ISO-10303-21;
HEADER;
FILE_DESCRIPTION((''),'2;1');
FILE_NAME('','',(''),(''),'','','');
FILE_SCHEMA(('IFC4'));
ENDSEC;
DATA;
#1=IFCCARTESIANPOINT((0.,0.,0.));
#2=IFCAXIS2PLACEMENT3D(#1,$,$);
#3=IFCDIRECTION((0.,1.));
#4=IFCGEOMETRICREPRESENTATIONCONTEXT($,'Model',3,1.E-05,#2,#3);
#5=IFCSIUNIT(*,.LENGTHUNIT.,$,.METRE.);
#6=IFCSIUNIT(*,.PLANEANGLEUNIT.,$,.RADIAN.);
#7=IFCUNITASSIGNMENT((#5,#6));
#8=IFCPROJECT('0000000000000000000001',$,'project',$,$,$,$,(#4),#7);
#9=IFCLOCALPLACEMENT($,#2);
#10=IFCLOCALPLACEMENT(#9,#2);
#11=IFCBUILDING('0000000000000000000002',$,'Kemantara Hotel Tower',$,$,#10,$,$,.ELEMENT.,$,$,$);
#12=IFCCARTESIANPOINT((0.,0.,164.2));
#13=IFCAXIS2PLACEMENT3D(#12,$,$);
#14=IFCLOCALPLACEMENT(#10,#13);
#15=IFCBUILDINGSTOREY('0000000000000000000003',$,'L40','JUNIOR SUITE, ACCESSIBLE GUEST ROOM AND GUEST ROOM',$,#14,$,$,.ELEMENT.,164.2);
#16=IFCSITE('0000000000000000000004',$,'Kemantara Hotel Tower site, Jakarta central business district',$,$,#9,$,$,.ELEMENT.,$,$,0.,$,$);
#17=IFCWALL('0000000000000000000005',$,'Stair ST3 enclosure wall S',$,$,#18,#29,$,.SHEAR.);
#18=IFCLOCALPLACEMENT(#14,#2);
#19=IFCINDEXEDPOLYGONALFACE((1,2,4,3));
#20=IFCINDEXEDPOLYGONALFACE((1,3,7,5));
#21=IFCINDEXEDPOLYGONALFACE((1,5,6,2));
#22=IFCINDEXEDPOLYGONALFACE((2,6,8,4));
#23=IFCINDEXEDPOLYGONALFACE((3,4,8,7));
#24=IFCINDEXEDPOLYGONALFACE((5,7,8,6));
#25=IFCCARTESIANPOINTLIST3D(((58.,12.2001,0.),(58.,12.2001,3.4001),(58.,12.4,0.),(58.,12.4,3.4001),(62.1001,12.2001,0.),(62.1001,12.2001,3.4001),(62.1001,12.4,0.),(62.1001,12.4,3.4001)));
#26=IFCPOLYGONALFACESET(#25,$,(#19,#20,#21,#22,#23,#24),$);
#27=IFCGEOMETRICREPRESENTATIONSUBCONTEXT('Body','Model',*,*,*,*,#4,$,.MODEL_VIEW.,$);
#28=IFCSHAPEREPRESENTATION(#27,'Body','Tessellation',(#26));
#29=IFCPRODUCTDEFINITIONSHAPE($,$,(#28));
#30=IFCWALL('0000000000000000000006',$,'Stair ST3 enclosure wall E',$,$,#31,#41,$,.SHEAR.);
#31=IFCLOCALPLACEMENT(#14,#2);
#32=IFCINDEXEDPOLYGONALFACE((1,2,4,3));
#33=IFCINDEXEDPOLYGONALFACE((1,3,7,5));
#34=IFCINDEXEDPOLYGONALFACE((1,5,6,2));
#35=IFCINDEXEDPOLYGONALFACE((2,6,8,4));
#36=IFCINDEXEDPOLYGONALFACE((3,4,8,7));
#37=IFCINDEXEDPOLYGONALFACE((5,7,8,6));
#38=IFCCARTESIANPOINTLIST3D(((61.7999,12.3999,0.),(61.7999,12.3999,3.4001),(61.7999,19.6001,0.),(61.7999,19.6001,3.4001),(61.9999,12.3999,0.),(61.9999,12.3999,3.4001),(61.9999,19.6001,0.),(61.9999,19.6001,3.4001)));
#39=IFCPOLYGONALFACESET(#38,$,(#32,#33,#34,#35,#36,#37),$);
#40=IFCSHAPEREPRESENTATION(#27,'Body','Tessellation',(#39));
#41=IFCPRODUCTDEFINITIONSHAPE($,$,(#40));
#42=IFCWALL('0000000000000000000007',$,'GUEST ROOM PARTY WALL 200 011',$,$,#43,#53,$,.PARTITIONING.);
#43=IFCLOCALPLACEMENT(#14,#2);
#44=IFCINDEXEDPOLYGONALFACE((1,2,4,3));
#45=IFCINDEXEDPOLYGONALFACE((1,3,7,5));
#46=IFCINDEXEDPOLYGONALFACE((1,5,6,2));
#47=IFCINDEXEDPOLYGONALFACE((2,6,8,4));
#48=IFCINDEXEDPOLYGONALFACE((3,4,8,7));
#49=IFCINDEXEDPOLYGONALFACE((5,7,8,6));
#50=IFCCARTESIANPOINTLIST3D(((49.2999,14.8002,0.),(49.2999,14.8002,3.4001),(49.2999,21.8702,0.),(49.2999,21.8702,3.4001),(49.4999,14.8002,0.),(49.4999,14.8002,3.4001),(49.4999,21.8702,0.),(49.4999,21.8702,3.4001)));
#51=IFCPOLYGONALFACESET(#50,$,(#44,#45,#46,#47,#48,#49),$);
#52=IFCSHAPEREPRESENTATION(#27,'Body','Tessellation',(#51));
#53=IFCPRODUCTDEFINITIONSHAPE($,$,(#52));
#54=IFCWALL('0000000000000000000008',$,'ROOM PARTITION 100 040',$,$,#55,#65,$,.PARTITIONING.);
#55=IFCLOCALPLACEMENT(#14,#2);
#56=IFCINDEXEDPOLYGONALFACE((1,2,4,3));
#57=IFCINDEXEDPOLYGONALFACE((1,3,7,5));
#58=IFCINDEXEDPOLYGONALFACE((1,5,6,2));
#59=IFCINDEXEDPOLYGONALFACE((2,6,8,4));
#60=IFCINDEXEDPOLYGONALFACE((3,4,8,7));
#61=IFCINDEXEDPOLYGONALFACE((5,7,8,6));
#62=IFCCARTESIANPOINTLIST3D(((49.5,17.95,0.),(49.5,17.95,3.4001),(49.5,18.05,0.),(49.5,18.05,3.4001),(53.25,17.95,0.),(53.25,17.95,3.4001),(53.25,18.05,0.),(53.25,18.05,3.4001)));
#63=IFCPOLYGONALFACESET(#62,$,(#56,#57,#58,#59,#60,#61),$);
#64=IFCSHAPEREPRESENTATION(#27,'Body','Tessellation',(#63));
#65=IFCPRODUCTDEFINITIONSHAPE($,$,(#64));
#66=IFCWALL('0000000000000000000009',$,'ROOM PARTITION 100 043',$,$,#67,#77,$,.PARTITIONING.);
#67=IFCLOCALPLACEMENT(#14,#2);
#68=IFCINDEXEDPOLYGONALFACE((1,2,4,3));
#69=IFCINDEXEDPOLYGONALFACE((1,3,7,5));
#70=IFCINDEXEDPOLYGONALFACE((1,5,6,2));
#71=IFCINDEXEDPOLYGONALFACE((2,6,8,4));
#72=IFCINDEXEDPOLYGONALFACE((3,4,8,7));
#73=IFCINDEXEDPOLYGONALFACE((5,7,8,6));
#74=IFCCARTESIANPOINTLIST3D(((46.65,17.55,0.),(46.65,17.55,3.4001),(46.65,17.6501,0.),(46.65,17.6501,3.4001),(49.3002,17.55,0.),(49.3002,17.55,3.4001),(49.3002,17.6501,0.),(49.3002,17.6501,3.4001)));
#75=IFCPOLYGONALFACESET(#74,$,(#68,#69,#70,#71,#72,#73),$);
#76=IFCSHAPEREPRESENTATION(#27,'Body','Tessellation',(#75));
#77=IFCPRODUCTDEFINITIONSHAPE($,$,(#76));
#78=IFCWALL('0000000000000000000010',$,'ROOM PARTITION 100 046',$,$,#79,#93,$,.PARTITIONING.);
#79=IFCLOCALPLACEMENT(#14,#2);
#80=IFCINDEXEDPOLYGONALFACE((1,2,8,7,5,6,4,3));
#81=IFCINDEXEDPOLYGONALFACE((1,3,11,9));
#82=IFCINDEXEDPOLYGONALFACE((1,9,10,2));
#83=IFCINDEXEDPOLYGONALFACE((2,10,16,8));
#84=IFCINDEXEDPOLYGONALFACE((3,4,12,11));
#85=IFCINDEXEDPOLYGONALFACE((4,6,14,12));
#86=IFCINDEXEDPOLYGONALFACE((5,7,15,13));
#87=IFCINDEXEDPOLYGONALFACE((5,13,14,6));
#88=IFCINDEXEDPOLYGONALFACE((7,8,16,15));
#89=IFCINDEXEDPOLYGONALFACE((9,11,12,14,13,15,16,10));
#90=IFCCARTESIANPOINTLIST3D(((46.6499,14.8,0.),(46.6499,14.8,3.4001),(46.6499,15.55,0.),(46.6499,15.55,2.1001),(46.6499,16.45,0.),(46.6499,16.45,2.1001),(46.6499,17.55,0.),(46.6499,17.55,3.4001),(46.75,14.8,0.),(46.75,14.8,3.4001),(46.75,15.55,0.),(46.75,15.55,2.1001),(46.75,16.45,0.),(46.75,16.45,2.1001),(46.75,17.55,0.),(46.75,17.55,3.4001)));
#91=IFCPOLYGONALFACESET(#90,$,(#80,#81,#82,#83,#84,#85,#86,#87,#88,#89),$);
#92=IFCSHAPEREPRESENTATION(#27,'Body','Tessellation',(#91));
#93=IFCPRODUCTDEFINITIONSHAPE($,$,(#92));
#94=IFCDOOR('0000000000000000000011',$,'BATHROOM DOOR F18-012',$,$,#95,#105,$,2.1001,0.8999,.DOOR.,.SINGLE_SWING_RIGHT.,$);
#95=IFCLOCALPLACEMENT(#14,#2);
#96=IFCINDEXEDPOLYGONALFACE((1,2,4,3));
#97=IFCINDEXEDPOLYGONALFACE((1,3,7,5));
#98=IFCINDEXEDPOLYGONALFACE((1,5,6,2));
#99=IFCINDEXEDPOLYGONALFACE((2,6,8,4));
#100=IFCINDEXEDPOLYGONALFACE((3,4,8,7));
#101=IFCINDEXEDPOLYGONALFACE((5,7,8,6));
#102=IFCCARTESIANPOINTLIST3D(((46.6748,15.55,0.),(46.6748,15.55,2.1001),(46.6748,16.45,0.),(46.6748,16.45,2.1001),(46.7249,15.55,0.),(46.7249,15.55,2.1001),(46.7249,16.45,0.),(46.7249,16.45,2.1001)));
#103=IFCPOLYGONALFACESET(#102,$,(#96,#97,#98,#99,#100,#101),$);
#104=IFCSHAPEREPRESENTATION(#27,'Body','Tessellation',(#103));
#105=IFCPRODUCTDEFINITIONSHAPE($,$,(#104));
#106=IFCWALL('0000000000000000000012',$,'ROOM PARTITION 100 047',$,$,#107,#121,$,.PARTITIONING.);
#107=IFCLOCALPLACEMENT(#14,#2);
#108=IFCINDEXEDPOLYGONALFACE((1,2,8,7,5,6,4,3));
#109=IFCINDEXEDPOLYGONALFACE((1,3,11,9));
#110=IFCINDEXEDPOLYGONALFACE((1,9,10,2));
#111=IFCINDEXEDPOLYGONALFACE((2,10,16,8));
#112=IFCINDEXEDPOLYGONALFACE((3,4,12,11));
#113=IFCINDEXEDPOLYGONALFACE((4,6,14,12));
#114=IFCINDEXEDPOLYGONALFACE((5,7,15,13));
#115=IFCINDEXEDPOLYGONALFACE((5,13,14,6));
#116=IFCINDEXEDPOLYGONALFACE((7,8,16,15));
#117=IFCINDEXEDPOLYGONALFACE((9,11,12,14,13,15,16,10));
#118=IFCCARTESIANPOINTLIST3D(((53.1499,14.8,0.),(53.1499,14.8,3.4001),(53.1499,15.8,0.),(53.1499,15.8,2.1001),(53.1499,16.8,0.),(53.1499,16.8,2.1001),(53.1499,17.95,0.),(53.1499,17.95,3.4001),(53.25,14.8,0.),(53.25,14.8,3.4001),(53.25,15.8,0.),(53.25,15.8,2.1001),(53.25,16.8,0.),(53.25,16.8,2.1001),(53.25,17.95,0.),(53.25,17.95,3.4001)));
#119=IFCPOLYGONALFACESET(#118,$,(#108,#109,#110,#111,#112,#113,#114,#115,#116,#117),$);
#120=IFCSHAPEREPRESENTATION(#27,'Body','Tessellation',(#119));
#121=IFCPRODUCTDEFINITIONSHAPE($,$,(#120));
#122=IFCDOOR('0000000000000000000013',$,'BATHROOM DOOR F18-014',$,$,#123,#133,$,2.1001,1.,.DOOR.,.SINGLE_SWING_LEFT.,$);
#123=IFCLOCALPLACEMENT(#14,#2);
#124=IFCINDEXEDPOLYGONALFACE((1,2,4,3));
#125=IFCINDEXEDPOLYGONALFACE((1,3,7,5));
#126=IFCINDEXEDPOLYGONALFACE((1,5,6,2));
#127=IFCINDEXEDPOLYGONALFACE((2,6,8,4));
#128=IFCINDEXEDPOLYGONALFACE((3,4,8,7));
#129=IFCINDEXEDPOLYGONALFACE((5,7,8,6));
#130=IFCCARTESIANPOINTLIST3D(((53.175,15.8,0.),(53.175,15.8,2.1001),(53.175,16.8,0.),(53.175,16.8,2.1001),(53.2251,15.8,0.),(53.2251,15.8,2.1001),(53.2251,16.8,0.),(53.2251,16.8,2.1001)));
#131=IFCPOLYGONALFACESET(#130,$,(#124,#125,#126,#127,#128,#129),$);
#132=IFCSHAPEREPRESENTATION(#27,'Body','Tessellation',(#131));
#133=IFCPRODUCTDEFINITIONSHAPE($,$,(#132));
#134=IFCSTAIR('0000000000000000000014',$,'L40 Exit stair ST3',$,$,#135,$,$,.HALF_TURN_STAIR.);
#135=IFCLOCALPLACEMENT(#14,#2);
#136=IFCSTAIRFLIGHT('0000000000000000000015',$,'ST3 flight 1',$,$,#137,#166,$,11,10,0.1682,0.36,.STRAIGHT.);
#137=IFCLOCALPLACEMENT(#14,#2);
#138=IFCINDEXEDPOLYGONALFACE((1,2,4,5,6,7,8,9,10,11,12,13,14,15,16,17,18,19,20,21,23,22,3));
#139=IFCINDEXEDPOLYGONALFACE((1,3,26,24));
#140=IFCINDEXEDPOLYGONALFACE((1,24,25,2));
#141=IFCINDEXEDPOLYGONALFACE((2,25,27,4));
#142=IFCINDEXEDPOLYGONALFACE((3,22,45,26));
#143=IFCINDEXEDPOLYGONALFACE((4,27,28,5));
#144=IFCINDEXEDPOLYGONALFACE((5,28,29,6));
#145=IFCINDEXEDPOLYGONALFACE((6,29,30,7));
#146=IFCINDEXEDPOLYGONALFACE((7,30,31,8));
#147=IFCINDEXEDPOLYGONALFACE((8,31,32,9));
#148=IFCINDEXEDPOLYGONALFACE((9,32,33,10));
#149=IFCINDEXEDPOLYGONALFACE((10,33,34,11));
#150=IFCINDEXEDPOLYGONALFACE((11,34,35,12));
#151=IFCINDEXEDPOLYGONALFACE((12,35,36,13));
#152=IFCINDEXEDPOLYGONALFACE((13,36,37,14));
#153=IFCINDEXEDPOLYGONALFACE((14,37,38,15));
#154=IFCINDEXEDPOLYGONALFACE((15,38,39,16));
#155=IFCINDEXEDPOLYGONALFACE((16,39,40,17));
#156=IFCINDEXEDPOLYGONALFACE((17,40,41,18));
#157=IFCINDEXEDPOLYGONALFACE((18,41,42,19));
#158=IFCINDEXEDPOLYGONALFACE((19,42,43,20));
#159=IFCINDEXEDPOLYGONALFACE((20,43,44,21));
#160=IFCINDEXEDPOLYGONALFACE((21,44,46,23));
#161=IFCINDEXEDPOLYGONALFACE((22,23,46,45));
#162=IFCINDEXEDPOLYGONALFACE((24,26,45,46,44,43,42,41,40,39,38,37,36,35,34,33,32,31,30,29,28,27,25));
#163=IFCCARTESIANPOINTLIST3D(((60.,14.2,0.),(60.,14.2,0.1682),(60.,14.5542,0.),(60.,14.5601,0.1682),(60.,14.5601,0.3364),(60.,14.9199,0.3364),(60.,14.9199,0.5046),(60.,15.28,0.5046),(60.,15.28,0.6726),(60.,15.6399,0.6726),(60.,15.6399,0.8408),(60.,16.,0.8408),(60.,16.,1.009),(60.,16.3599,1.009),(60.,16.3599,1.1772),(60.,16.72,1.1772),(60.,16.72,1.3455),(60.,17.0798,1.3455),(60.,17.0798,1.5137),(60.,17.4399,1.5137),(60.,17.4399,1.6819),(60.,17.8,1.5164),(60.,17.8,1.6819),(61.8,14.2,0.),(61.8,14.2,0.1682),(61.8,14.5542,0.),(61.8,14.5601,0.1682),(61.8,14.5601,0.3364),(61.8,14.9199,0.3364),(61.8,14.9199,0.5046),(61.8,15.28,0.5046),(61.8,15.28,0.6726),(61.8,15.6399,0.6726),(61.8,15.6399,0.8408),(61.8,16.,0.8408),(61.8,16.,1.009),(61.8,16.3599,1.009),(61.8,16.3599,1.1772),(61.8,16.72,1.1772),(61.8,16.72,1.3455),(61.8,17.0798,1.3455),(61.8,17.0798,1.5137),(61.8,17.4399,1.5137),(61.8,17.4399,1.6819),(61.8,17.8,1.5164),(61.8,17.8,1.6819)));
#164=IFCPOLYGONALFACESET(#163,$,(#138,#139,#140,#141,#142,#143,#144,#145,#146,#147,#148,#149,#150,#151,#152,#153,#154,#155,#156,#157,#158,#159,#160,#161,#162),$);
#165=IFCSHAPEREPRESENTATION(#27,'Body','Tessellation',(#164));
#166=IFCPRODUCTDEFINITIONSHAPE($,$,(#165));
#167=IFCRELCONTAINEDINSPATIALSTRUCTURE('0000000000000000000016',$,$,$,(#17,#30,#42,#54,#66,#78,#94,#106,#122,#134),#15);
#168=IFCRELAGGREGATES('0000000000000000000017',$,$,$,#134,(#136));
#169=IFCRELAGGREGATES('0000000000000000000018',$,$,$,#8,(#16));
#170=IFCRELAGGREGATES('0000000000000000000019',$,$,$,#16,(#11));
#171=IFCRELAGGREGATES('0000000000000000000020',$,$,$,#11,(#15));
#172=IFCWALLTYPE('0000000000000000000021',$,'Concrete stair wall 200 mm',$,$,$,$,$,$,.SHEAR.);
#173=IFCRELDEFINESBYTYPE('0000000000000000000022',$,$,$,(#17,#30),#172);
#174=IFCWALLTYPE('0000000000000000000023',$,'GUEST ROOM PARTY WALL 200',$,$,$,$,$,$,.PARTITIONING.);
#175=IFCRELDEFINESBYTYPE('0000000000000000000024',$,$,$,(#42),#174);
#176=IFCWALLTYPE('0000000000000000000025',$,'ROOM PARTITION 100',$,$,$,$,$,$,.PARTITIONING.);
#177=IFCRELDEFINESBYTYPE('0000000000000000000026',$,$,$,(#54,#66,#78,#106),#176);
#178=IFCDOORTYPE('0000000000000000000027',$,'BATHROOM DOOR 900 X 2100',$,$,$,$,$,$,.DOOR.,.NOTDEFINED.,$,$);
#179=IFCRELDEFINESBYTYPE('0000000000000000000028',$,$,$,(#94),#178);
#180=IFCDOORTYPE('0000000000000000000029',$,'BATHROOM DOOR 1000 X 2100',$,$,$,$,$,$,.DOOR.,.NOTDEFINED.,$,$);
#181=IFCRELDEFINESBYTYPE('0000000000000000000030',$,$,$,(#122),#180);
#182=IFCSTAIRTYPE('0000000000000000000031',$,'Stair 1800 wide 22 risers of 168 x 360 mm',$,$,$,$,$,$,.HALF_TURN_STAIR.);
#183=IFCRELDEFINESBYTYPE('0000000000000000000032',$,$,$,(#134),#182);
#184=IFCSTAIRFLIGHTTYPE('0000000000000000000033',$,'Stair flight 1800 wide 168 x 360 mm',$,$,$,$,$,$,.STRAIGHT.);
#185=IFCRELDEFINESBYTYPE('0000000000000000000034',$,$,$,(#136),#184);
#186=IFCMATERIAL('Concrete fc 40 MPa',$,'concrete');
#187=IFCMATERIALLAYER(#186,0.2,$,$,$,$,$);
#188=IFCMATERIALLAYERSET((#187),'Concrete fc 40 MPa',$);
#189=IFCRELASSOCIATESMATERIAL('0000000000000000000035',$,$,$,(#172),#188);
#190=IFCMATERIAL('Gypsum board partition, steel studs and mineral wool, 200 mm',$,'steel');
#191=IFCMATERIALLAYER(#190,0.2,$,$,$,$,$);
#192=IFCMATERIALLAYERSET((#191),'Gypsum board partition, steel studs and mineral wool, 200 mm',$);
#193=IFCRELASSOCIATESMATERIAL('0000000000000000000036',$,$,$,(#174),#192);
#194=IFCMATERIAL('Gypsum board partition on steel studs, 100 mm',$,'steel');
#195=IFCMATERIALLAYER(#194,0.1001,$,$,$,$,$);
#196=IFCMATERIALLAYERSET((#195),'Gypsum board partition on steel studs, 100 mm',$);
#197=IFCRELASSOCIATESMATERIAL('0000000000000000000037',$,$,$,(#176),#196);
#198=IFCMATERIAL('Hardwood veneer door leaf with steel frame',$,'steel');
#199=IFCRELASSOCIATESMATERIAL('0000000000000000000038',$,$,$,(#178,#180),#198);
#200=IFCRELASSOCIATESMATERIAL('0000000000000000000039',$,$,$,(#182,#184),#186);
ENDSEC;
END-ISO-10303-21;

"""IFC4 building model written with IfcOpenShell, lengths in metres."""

from ifc_helpers import new_model, si_unit, direction, frame, frame_2d, origin, place, context, subcontext, project, spatial, polyline, rectangle, outline, extrude, material, layer, layer_set, type_object, element, fill, aggregate, save


model = new_model("IFC4")

# Units and contexts
model_context = context("Model", 3, precision=1e-05, world=origin(), true_north=direction((0.0, 1.0)))
body_context = subcontext(model_context, "Body", "Model", "MODEL_VIEW")
ifc_project = project(units=[si_unit("LENGTHUNIT", "METRE"), si_unit("PLANEANGLEUNIT", "RADIAN")], contexts=[model_context])

# Site, building, storey
site_placement = place(None, origin())
site = spatial("IfcSite", under=ifc_project, at=site_placement, Name="Kemantara Hotel Tower site, Jakarta central business district", CompositionType="ELEMENT", RefElevation=0.0)
building_placement = place(site_placement, origin())
building = spatial("IfcBuilding", under=site, at=building_placement, Name="Kemantara Hotel Tower", CompositionType="ELEMENT")
storey_placement = place(building_placement, frame((0.0, 0.0, 164.2)))
storey = spatial("IfcBuildingStorey", under=building, at=storey_placement, Name="L40", Description="JUNIOR SUITE, ACCESSIBLE GUEST ROOM AND GUEST ROOM", CompositionType="ELEMENT", Elevation=164.2)

# Shared definitions
ifc_material_1 = material(Name="Gypsum board partition, steel studs and mineral wool, 200 mm", Category="steel")
ifc_material_2 = material(Name="Hardwood veneer door leaf with steel frame", Category="steel")

# Shared definitions
ifc_material_3 = material(Name="Concrete fc 40 MPa", Category="concrete")
ifc_layer_1 = layer(ifc_material_3, 0.2)
ifc_layer_set_1 = layer_set([ifc_layer_1], Name="Concrete fc 40 MPa")
wall_type_1 = type_object("IfcWallType", Name="Concrete stair wall 200 mm", PredefinedType="SHEAR", material=ifc_layer_set_1)

# Walls
wall_1_placement = place(storey_placement, frame((58.0, 12.3, 0.0), z_axis=(0.0, 0.0, 1.0), x_axis=(1.0, 0.0, 0.0)))
element("IfcWall", 1, at=wall_1_placement, inside=storey, type_object=wall_type_1, Name="Stair ST3 enclosure wall S", PredefinedType="SHEAR", context=body_context, shape_type="SweptSolid", body=[
    extrude(rectangle(XDim=4.1001, YDim=0.2, at=frame_2d((2.05, 0.0))), origin(), (0.0, 0.0, 1.0), 3.4001),
])
wall_2_placement = place(storey_placement, frame((61.8999, 12.3999, 0.0), z_axis=(0.0, 0.0, 1.0), x_axis=(0.0, 1.0, 0.0)))
element("IfcWall", 2, at=wall_2_placement, inside=storey, type_object=wall_type_1, Name="Stair ST3 enclosure wall E", PredefinedType="SHEAR", context=body_context, shape_type="SweptSolid", body=[
    extrude(rectangle(XDim=7.2002, YDim=0.2, at=frame_2d((3.6001, 0.0))), origin(), (0.0, 0.0, 1.0), 3.4001),
])
ifc_layer_2 = layer(ifc_material_1, 0.2)
ifc_layer_set_2 = layer_set([ifc_layer_2], Name="Gypsum board partition, steel studs and mineral wool, 200 mm")
wall_type_2 = type_object("IfcWallType", Name="GUEST ROOM PARTY WALL 200", PredefinedType="PARTITIONING", material=ifc_layer_set_2)
wall_3_placement = place(storey_placement, frame((49.3999, 14.8, 0.0), z_axis=(0.0, 0.0, 1.0), x_axis=(0.0, 1.0, 0.0)))
element("IfcWall", 3, at=wall_3_placement, inside=storey, type_object=wall_type_2, Name="GUEST ROOM PARTY WALL 200 011", PredefinedType="PARTITIONING", context=body_context, shape_type="SweptSolid", body=[
    extrude(rectangle(XDim=7.0701, YDim=0.2, at=frame_2d((3.5352, 0.0))), origin(), (0.0, 0.0, 1.0), 3.4001),
])
ifc_material_4 = material(Name="Gypsum board partition on steel studs, 100 mm", Category="steel")
ifc_layer_3 = layer(ifc_material_4, 0.1001)
ifc_layer_set_3 = layer_set([ifc_layer_3], Name="Gypsum board partition on steel studs, 100 mm")
wall_type_3 = type_object("IfcWallType", Name="ROOM PARTITION 100", PredefinedType="PARTITIONING", material=ifc_layer_set_3)
wall_4_placement = place(storey_placement, frame((49.5, 18.0, 0.0), z_axis=(0.0, 0.0, 1.0), x_axis=(1.0, 0.0, 0.0)))
element("IfcWall", 4, at=wall_4_placement, inside=storey, type_object=wall_type_3, Name="ROOM PARTITION 100 040", PredefinedType="PARTITIONING", context=body_context, shape_type="SweptSolid", body=[
    extrude(rectangle(XDim=3.75, YDim=0.1001, at=frame_2d((1.875, 0.0))), origin(), (0.0, 0.0, 1.0), 3.4001),
])
wall_5_placement = place(storey_placement, frame((46.6499, 17.6001, 0.0), z_axis=(0.0, 0.0, 1.0), x_axis=(1.0, 0.0, 0.0)))
element("IfcWall", 5, at=wall_5_placement, inside=storey, type_object=wall_type_3, Name="ROOM PARTITION 100 043", PredefinedType="PARTITIONING", context=body_context, shape_type="SweptSolid", body=[
    extrude(rectangle(XDim=2.6501, YDim=0.1001, at=frame_2d((1.3252, 0.0))), origin(), (0.0, 0.0, 1.0), 3.4001),
])

# Walls, openings, doors
wall_6_placement = place(storey_placement, frame((46.7, 17.55, 0.0), z_axis=(0.0, 0.0, 1.0), x_axis=(0.0, -1.0, 0.0)))
wall_6 = element("IfcWall", 6, at=wall_6_placement, inside=storey, type_object=wall_type_3, Name="ROOM PARTITION 100 046", PredefinedType="PARTITIONING", context=body_context, shape_type="SweptSolid", body=[
    extrude(rectangle(XDim=2.75, YDim=0.1001, at=frame_2d((1.375, 0.0))), origin(), (0.0, 0.0, 1.0), 3.4001),
])
opening_1_placement = place(wall_6_placement, frame((1.1001, 0.0, 0.0)))
opening_1 = element("IfcOpeningElement", 7, at=opening_1_placement, cuts=wall_6, PredefinedType="OPENING", context=body_context, shape_type="SweptSolid", body=[
    extrude(rectangle(XDim=0.8999, YDim=2.1001, at=frame_2d((0.45, 1.05))), frame((0.0, 0.0601, 0.0), z_axis=(0.0, -1.0, 0.0), x_axis=(1.0, 0.0, 0.0)), (0.0, 0.0, 1.0), 0.1201),
])
door_type_1 = type_object("IfcDoorType", Name="BATHROOM DOOR 900 X 2100", OperationType="NOTDEFINED", PredefinedType="DOOR", material=ifc_material_2)
door_1_placement = place(opening_1_placement, origin())
door_1 = element("IfcDoor", 8, at=door_1_placement, inside=storey, type_object=door_type_1, Name="BATHROOM DOOR F18-012", OperationType="SINGLE_SWING_RIGHT", OverallHeight=2.1001, OverallWidth=0.8999, PredefinedType="DOOR", context=body_context, shape_type="SweptSolid", body=[
    extrude(rectangle(XDim=0.8999, YDim=2.1001, at=frame_2d((0.45, 1.05))), frame((0.0, 0.0249, 0.0), z_axis=(0.0, -1.0, 0.0), x_axis=(1.0, 0.0, 0.0)), (0.0, 0.0, 1.0), 0.05),
])
fill(opening_1, door_1)
wall_7_placement = place(storey_placement, frame((53.2, 14.8, 0.0), z_axis=(0.0, 0.0, 1.0), x_axis=(0.0, 1.0, 0.0)))
wall_7 = element("IfcWall", 9, at=wall_7_placement, inside=storey, type_object=wall_type_3, Name="ROOM PARTITION 100 047", PredefinedType="PARTITIONING", context=body_context, shape_type="SweptSolid", body=[
    extrude(rectangle(XDim=3.1499, YDim=0.1001, at=frame_2d((1.575, 0.0))), origin(), (0.0, 0.0, 1.0), 3.4001),
])
opening_2_placement = place(wall_7_placement, frame((1.0, 0.0, 0.0)))
opening_2 = element("IfcOpeningElement", 10, at=opening_2_placement, cuts=wall_7, PredefinedType="OPENING", context=body_context, shape_type="SweptSolid", body=[
    extrude(rectangle(XDim=1.0, YDim=2.1001, at=frame_2d((0.5, 1.05))), frame((0.0, 0.0601, 0.0), z_axis=(0.0, -1.0, 0.0), x_axis=(1.0, 0.0, 0.0)), (0.0, 0.0, 1.0), 0.1201),
])
door_type_2 = type_object("IfcDoorType", Name="BATHROOM DOOR 1000 X 2100", OperationType="NOTDEFINED", PredefinedType="DOOR", material=ifc_material_2)
door_2_placement = place(opening_2_placement, origin())
door_2 = element("IfcDoor", 11, at=door_2_placement, inside=storey, type_object=door_type_2, Name="BATHROOM DOOR F18-014", OperationType="SINGLE_SWING_LEFT", OverallHeight=2.1001, OverallWidth=1.0, PredefinedType="DOOR", context=body_context, shape_type="SweptSolid", body=[
    extrude(rectangle(XDim=1.0, YDim=2.1001, at=frame_2d((0.5, 1.05))), frame((0.0, 0.0249, 0.0), z_axis=(0.0, -1.0, 0.0), x_axis=(1.0, 0.0, 0.0)), (0.0, 0.0, 1.0), 0.05),
])
fill(opening_2, door_2)

# Stair, stair flight
stair_type = type_object("IfcStairType", Name="Stair 1800 wide 22 risers of 168 x 360 mm", PredefinedType="HALF_TURN_STAIR", material=ifc_material_3)
stair_placement = place(storey_placement, origin())
stair = element("IfcStair", 12, at=stair_placement, inside=storey, type_object=stair_type, Name="L40 Exit stair ST3", PredefinedType="HALF_TURN_STAIR")
stair_flight_type = type_object("IfcStairFlightType", Name="Stair flight 1800 wide 168 x 360 mm", PredefinedType="STRAIGHT", material=ifc_material_3)
stair_flight_1_placement = place(storey_placement, frame((60.8999, 14.2, 0.0), z_axis=(0.0, 0.0, 1.0), x_axis=(0.0, 1.0, 0.0)))
stair_flight_1 = element("IfcStairFlight", 13, at=stair_flight_1_placement, type_object=stair_flight_type, Name="ST3 flight 1", NumberOfRisers=11, NumberOfTreads=10, PredefinedType="STRAIGHT", RiserHeight=0.1682, TreadLength=0.36, context=body_context, shape_type="SweptSolid", body=[
    extrude(outline(polyline([(0.0, 0.0), (0.0, 0.1682), (0.3601, 0.1682), (0.3601, 0.3364), (0.72, 0.3364), (0.72, 0.5046), (1.0801, 0.5046), (1.0801, 0.6726), (1.4399, 0.6726), (1.4399, 0.8408), (1.8, 0.8408), (1.8, 1.009), (2.1599, 1.009), (2.1599, 1.1772), (2.52, 1.1772), (2.52, 1.3455), (2.8799, 1.3455), (2.8799, 1.5137), (3.24, 1.5137), (3.24, 1.6819), (3.6001, 1.6819), (3.6001, 1.8501), (3.6001, 1.5164), (0.3542, 0.0), (0.0, 0.0)])), frame((0.0, 0.8999, 0.0), z_axis=(0.0, -1.0, 0.0), x_axis=(1.0, 0.0, 0.0)), (0.0, 0.0, 1.0), 1.8),
])
aggregate(stair, [stair_flight_1])

save(model, "model.ifc")
